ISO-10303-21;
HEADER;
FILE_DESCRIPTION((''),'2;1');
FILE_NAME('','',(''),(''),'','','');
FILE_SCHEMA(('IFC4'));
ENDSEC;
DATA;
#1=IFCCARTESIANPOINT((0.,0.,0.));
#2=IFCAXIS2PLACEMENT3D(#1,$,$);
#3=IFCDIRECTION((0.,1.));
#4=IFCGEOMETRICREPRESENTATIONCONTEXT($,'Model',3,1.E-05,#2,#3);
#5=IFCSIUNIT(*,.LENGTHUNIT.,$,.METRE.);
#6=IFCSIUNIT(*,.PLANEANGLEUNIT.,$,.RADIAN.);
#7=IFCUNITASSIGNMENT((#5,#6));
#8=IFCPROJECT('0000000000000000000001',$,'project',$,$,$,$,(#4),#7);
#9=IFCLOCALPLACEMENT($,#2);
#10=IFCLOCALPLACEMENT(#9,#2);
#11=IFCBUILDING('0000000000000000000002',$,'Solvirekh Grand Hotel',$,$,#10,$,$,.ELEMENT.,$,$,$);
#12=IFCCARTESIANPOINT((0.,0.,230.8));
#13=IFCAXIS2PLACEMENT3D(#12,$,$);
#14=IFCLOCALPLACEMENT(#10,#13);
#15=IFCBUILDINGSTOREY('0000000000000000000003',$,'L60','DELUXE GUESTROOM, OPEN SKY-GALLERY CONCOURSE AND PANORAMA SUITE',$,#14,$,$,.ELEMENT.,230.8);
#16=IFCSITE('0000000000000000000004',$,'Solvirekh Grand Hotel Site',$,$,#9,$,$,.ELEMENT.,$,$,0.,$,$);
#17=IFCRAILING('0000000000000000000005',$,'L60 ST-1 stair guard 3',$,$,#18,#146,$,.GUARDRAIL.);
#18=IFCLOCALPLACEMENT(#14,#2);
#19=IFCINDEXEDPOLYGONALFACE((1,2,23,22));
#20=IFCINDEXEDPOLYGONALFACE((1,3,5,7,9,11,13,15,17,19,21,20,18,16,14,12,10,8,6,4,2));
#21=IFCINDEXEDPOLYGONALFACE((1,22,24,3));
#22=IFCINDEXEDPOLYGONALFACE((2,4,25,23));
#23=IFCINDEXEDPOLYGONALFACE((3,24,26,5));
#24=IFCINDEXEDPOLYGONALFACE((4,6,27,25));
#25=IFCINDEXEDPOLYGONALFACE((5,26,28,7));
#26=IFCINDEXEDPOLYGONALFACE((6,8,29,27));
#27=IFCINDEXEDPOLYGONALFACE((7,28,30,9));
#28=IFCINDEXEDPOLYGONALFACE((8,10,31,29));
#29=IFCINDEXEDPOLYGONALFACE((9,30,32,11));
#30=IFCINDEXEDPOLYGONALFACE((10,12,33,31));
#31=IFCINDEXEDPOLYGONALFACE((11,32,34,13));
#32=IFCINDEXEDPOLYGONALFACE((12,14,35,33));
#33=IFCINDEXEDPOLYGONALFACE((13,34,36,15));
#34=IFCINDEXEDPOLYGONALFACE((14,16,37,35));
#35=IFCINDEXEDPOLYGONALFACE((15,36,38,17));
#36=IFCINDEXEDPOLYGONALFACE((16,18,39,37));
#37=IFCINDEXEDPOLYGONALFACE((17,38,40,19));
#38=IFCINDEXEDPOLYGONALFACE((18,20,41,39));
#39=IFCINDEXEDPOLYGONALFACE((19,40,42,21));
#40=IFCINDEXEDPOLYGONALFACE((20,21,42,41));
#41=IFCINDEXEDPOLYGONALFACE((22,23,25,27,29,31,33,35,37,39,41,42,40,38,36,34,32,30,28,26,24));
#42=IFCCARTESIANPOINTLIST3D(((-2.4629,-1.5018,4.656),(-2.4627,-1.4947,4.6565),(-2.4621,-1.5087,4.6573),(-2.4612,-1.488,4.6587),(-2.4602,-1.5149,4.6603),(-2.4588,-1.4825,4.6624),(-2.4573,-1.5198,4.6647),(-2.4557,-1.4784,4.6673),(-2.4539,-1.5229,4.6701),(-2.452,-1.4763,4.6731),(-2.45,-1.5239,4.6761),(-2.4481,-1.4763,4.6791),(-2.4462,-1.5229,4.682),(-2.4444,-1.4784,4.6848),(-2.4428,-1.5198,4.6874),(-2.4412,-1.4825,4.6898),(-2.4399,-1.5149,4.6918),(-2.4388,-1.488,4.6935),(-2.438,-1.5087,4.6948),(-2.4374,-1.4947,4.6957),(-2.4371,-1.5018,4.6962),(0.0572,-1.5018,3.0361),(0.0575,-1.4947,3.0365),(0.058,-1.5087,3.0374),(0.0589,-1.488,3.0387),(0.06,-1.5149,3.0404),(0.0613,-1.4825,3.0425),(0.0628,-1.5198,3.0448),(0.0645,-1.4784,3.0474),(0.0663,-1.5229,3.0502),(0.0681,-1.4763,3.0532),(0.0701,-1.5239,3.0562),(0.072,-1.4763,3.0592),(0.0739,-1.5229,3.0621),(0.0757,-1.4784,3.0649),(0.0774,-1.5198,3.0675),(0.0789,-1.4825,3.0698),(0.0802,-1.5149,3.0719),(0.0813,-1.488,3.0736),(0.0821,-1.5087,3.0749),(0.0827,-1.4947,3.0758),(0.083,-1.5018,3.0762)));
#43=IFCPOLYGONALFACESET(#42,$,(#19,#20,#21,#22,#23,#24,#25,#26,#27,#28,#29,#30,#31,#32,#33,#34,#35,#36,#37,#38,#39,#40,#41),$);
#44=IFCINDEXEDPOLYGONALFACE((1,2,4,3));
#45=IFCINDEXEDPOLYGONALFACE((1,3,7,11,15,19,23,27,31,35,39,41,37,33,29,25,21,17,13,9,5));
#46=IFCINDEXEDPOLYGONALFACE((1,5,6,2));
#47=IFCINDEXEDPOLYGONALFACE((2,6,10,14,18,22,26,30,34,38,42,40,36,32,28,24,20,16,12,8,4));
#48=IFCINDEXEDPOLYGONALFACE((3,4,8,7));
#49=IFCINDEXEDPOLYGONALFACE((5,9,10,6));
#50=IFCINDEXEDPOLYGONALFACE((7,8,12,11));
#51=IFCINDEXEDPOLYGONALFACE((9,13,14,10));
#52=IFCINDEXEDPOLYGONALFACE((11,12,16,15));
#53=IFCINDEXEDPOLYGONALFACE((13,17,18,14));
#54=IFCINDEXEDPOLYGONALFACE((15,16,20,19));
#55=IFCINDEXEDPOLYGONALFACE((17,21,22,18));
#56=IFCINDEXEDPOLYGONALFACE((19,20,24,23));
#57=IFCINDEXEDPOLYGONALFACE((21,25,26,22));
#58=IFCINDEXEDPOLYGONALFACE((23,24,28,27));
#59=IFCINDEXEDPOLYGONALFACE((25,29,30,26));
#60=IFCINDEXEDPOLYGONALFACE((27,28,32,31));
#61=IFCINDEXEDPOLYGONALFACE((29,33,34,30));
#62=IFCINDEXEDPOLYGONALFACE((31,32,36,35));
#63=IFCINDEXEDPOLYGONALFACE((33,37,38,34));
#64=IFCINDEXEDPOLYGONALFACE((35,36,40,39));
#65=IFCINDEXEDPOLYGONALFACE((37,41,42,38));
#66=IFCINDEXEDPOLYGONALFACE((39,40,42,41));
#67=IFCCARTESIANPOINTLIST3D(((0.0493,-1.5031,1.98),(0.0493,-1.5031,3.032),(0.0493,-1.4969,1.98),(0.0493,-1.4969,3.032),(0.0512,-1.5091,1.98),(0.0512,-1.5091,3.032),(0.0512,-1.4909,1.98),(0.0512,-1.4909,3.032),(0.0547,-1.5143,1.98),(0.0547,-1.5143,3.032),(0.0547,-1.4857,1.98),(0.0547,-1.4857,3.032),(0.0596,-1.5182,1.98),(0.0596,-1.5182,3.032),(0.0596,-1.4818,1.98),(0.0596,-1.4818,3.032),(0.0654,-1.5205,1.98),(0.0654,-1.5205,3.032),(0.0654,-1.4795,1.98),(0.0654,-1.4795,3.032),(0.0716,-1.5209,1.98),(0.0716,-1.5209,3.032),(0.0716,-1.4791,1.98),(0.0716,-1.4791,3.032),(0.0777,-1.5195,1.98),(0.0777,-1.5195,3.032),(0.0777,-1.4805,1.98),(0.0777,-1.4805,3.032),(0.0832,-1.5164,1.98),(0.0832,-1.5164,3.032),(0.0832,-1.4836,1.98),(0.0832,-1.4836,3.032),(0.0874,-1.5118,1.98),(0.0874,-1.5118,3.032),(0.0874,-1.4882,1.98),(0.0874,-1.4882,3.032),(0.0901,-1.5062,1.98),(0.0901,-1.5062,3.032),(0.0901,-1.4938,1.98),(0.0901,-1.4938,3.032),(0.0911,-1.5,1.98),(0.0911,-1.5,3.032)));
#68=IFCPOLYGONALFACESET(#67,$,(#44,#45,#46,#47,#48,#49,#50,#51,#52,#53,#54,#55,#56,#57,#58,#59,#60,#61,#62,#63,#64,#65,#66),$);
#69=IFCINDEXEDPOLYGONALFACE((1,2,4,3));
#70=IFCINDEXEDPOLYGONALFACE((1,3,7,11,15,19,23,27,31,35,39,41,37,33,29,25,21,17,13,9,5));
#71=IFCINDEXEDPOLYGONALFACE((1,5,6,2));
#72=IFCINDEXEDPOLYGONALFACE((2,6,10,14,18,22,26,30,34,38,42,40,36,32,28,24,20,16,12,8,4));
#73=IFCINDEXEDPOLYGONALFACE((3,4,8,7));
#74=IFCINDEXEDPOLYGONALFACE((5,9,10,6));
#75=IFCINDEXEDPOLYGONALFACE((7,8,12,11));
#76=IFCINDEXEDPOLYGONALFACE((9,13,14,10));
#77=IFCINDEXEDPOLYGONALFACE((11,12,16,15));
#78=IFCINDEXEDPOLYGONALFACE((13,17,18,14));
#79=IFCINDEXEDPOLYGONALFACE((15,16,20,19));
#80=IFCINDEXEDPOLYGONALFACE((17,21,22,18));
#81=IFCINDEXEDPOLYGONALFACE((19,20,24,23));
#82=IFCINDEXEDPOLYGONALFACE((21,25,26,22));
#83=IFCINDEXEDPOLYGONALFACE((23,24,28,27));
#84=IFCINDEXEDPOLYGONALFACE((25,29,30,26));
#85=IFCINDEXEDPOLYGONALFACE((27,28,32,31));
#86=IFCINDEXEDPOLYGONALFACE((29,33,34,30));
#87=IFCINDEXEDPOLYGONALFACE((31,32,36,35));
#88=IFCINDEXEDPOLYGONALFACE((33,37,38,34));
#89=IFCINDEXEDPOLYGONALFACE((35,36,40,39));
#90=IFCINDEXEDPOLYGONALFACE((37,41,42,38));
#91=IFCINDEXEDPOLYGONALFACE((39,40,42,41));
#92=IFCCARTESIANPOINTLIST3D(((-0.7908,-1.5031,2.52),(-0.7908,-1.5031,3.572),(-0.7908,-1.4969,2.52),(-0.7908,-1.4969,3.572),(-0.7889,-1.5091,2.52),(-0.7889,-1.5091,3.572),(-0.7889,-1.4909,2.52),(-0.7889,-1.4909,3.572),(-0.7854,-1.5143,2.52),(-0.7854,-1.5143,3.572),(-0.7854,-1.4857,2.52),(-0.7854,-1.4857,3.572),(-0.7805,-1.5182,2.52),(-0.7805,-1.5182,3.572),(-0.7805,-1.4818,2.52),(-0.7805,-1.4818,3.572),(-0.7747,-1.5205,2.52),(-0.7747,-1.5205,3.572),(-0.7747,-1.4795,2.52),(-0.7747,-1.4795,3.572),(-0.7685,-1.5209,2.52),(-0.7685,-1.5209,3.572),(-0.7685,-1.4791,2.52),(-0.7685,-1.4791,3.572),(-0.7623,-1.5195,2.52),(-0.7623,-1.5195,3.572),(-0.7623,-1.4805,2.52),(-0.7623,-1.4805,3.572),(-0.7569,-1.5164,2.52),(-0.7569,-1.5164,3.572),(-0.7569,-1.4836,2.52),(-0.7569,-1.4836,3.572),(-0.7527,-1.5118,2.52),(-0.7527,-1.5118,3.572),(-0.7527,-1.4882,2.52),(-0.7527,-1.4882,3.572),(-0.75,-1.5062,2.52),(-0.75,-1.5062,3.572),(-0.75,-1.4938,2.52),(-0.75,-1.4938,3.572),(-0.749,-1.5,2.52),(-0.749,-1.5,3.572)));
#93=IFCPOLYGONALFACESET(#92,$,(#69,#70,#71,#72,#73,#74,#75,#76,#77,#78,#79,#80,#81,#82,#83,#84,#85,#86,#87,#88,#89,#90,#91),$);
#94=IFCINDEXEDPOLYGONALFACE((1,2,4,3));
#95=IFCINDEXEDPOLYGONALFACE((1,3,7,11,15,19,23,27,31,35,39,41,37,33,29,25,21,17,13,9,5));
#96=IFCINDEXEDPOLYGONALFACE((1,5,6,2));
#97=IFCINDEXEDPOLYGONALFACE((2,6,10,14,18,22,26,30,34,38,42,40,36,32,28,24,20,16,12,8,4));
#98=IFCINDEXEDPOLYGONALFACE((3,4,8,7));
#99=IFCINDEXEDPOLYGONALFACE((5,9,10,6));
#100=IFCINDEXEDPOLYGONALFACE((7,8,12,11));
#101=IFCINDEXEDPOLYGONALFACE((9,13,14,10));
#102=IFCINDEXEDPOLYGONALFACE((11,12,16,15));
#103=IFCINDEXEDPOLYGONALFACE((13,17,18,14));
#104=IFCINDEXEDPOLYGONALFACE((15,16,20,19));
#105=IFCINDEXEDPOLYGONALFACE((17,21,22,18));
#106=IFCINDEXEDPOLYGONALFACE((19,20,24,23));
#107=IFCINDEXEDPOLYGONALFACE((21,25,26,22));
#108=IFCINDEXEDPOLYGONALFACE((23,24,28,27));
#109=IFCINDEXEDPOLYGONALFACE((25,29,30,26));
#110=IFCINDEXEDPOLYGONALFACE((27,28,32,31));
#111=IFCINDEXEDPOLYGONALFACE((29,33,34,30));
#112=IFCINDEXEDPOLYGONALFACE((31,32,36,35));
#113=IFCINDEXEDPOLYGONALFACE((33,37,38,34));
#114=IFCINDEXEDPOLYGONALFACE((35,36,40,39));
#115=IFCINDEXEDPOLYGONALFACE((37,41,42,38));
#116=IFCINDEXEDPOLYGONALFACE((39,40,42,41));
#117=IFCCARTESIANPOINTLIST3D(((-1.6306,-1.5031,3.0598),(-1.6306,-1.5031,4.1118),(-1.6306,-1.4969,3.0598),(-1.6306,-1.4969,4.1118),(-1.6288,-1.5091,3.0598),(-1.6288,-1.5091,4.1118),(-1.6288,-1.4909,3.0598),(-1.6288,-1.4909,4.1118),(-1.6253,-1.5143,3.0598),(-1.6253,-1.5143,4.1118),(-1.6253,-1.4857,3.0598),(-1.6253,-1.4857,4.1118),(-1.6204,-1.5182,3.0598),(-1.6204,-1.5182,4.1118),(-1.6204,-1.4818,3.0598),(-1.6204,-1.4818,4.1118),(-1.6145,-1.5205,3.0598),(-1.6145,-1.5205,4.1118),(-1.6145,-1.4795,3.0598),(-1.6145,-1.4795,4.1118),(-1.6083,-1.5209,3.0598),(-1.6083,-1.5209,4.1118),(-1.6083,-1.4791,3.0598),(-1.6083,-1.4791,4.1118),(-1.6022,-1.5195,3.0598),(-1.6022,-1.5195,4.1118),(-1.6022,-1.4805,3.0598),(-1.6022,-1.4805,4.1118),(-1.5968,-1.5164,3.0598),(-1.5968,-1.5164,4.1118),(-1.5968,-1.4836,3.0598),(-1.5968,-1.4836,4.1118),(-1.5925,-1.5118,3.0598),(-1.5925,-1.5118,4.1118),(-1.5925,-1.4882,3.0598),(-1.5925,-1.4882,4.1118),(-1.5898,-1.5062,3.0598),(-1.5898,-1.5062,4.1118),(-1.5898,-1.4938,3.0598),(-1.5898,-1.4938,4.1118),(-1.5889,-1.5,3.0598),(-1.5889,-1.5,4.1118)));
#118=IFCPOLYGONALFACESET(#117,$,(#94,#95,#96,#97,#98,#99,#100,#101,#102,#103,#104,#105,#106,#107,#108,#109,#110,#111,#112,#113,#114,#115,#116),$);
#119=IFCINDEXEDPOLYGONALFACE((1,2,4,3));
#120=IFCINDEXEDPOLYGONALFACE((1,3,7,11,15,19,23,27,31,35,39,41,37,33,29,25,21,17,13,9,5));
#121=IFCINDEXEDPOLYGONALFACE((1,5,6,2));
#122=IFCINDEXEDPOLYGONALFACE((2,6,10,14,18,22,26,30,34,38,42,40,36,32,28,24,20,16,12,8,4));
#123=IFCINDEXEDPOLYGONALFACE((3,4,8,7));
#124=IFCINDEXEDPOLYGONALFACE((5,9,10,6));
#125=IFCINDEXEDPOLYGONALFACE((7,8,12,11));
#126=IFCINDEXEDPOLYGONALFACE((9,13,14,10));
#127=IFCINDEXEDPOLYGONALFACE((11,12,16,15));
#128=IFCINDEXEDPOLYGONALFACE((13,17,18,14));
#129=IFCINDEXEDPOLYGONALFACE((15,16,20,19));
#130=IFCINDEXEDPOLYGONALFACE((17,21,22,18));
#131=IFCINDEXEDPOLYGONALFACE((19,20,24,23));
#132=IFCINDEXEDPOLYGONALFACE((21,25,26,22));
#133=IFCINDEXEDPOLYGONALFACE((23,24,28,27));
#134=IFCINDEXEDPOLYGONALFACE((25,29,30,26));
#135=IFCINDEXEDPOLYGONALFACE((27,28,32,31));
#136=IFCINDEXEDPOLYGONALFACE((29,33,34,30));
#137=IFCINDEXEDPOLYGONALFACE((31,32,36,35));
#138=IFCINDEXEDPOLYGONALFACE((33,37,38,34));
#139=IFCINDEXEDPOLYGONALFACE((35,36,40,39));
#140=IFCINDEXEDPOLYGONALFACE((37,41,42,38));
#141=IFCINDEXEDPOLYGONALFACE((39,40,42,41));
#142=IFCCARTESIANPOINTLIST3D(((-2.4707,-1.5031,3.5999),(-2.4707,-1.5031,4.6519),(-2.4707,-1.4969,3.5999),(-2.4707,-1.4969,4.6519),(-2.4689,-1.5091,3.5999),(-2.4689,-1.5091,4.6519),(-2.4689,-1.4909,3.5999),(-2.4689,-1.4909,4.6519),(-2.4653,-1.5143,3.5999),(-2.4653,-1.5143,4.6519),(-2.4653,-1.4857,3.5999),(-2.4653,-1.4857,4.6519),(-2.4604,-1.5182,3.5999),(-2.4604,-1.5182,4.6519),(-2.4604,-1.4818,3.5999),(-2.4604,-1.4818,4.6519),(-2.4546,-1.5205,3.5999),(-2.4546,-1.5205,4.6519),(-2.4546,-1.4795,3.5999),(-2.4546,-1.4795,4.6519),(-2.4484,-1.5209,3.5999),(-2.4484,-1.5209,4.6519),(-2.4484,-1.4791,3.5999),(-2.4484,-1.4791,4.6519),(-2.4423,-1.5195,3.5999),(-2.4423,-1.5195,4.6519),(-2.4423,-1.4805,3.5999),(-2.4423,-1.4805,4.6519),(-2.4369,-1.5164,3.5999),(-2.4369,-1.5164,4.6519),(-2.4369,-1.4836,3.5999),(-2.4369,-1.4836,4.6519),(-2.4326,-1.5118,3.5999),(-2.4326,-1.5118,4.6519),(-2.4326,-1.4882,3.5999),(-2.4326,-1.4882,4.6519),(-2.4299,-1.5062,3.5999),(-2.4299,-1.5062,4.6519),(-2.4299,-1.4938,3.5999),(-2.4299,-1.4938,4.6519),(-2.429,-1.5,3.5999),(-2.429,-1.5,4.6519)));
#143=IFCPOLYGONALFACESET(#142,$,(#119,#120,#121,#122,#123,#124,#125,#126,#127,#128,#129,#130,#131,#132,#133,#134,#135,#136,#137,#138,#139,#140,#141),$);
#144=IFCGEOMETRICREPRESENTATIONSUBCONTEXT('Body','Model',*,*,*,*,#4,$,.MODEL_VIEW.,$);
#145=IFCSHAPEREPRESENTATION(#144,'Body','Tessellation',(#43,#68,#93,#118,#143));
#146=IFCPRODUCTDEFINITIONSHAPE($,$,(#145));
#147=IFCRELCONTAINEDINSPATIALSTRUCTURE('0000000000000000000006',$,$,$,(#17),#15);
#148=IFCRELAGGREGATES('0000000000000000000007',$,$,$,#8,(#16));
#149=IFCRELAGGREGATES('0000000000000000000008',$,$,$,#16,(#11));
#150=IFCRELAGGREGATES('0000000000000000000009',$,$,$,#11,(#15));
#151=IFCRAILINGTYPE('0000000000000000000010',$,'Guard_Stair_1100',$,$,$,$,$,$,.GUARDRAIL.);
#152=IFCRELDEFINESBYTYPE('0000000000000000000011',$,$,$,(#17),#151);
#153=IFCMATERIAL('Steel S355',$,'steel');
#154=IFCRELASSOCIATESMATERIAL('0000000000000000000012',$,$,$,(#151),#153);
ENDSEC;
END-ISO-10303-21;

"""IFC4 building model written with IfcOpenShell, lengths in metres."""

from ifc_helpers import new_model, si_unit, direction, frame, origin, origin_2d, place, context, subcontext, project, spatial, circle, extrude, material, type_object, element, save


model = new_model("IFC4")

# Units and contexts
model_context = context("Model", 3, precision=1e-05, world=origin(), true_north=direction((0.0, 1.0)))
body_context = subcontext(model_context, "Body", "Model", "MODEL_VIEW")
ifc_project = project(units=[si_unit("LENGTHUNIT", "METRE"), si_unit("PLANEANGLEUNIT", "RADIAN")], contexts=[model_context])

# Site, building, storey
site_placement = place(None, origin())
site = spatial("IfcSite", under=ifc_project, at=site_placement, Name="Solvirekh Grand Hotel Site", CompositionType="ELEMENT", RefElevation=0.0)
building_placement = place(site_placement, origin())
building = spatial("IfcBuilding", under=site, at=building_placement, Name="Solvirekh Grand Hotel", CompositionType="ELEMENT")
storey_placement = place(building_placement, frame((0.0, 0.0, 230.8)))
storey = spatial("IfcBuildingStorey", under=building, at=storey_placement, Name="L60", Description="DELUXE GUESTROOM, OPEN SKY-GALLERY CONCOURSE AND PANORAMA SUITE", CompositionType="ELEMENT", Elevation=230.8)

# Railing
ifc_material_1 = material(Name="Steel S355", Category="steel")
railing_type_1 = type_object("IfcRailingType", Name="Guard_Stair_1100", PredefinedType="GUARDRAIL", material=ifc_material_1)
railing_1_placement = place(storey_placement, frame((0.0701, -1.5, 1.98)))
element("IfcRailing", 1, at=railing_1_placement, inside=storey, type_object=railing_type_1, Name="L60 ST-1 stair guard 3", PredefinedType="GUARDRAIL", context=body_context, shape_type="SweptSolid", body=[
    extrude(circle(Radius=0.0239, at=origin_2d()), frame((0.0, 0.0, 1.0762), z_axis=(-0.8412, 0.0, 0.540725), x_axis=(0.0, -1.0, 0.0)), (0.0, 0.0, 1.0), 2.9958),
    extrude(circle(Radius=0.021, at=origin_2d()), origin(), (0.0, 0.0, 1.0), 1.052),
    extrude(circle(Radius=0.021, at=origin_2d()), frame((-0.8401, 0.0, 0.54)), (0.0, 0.0, 1.0), 1.052),
    extrude(circle(Radius=0.021, at=origin_2d()), frame((-1.6799, 0.0, 1.0798)), (0.0, 0.0, 1.0), 1.052),
    extrude(circle(Radius=0.021, at=origin_2d()), frame((-2.52, 0.0, 1.6199)), (0.0, 0.0, 1.0), 1.052),
])

save(model, "model.ifc")
